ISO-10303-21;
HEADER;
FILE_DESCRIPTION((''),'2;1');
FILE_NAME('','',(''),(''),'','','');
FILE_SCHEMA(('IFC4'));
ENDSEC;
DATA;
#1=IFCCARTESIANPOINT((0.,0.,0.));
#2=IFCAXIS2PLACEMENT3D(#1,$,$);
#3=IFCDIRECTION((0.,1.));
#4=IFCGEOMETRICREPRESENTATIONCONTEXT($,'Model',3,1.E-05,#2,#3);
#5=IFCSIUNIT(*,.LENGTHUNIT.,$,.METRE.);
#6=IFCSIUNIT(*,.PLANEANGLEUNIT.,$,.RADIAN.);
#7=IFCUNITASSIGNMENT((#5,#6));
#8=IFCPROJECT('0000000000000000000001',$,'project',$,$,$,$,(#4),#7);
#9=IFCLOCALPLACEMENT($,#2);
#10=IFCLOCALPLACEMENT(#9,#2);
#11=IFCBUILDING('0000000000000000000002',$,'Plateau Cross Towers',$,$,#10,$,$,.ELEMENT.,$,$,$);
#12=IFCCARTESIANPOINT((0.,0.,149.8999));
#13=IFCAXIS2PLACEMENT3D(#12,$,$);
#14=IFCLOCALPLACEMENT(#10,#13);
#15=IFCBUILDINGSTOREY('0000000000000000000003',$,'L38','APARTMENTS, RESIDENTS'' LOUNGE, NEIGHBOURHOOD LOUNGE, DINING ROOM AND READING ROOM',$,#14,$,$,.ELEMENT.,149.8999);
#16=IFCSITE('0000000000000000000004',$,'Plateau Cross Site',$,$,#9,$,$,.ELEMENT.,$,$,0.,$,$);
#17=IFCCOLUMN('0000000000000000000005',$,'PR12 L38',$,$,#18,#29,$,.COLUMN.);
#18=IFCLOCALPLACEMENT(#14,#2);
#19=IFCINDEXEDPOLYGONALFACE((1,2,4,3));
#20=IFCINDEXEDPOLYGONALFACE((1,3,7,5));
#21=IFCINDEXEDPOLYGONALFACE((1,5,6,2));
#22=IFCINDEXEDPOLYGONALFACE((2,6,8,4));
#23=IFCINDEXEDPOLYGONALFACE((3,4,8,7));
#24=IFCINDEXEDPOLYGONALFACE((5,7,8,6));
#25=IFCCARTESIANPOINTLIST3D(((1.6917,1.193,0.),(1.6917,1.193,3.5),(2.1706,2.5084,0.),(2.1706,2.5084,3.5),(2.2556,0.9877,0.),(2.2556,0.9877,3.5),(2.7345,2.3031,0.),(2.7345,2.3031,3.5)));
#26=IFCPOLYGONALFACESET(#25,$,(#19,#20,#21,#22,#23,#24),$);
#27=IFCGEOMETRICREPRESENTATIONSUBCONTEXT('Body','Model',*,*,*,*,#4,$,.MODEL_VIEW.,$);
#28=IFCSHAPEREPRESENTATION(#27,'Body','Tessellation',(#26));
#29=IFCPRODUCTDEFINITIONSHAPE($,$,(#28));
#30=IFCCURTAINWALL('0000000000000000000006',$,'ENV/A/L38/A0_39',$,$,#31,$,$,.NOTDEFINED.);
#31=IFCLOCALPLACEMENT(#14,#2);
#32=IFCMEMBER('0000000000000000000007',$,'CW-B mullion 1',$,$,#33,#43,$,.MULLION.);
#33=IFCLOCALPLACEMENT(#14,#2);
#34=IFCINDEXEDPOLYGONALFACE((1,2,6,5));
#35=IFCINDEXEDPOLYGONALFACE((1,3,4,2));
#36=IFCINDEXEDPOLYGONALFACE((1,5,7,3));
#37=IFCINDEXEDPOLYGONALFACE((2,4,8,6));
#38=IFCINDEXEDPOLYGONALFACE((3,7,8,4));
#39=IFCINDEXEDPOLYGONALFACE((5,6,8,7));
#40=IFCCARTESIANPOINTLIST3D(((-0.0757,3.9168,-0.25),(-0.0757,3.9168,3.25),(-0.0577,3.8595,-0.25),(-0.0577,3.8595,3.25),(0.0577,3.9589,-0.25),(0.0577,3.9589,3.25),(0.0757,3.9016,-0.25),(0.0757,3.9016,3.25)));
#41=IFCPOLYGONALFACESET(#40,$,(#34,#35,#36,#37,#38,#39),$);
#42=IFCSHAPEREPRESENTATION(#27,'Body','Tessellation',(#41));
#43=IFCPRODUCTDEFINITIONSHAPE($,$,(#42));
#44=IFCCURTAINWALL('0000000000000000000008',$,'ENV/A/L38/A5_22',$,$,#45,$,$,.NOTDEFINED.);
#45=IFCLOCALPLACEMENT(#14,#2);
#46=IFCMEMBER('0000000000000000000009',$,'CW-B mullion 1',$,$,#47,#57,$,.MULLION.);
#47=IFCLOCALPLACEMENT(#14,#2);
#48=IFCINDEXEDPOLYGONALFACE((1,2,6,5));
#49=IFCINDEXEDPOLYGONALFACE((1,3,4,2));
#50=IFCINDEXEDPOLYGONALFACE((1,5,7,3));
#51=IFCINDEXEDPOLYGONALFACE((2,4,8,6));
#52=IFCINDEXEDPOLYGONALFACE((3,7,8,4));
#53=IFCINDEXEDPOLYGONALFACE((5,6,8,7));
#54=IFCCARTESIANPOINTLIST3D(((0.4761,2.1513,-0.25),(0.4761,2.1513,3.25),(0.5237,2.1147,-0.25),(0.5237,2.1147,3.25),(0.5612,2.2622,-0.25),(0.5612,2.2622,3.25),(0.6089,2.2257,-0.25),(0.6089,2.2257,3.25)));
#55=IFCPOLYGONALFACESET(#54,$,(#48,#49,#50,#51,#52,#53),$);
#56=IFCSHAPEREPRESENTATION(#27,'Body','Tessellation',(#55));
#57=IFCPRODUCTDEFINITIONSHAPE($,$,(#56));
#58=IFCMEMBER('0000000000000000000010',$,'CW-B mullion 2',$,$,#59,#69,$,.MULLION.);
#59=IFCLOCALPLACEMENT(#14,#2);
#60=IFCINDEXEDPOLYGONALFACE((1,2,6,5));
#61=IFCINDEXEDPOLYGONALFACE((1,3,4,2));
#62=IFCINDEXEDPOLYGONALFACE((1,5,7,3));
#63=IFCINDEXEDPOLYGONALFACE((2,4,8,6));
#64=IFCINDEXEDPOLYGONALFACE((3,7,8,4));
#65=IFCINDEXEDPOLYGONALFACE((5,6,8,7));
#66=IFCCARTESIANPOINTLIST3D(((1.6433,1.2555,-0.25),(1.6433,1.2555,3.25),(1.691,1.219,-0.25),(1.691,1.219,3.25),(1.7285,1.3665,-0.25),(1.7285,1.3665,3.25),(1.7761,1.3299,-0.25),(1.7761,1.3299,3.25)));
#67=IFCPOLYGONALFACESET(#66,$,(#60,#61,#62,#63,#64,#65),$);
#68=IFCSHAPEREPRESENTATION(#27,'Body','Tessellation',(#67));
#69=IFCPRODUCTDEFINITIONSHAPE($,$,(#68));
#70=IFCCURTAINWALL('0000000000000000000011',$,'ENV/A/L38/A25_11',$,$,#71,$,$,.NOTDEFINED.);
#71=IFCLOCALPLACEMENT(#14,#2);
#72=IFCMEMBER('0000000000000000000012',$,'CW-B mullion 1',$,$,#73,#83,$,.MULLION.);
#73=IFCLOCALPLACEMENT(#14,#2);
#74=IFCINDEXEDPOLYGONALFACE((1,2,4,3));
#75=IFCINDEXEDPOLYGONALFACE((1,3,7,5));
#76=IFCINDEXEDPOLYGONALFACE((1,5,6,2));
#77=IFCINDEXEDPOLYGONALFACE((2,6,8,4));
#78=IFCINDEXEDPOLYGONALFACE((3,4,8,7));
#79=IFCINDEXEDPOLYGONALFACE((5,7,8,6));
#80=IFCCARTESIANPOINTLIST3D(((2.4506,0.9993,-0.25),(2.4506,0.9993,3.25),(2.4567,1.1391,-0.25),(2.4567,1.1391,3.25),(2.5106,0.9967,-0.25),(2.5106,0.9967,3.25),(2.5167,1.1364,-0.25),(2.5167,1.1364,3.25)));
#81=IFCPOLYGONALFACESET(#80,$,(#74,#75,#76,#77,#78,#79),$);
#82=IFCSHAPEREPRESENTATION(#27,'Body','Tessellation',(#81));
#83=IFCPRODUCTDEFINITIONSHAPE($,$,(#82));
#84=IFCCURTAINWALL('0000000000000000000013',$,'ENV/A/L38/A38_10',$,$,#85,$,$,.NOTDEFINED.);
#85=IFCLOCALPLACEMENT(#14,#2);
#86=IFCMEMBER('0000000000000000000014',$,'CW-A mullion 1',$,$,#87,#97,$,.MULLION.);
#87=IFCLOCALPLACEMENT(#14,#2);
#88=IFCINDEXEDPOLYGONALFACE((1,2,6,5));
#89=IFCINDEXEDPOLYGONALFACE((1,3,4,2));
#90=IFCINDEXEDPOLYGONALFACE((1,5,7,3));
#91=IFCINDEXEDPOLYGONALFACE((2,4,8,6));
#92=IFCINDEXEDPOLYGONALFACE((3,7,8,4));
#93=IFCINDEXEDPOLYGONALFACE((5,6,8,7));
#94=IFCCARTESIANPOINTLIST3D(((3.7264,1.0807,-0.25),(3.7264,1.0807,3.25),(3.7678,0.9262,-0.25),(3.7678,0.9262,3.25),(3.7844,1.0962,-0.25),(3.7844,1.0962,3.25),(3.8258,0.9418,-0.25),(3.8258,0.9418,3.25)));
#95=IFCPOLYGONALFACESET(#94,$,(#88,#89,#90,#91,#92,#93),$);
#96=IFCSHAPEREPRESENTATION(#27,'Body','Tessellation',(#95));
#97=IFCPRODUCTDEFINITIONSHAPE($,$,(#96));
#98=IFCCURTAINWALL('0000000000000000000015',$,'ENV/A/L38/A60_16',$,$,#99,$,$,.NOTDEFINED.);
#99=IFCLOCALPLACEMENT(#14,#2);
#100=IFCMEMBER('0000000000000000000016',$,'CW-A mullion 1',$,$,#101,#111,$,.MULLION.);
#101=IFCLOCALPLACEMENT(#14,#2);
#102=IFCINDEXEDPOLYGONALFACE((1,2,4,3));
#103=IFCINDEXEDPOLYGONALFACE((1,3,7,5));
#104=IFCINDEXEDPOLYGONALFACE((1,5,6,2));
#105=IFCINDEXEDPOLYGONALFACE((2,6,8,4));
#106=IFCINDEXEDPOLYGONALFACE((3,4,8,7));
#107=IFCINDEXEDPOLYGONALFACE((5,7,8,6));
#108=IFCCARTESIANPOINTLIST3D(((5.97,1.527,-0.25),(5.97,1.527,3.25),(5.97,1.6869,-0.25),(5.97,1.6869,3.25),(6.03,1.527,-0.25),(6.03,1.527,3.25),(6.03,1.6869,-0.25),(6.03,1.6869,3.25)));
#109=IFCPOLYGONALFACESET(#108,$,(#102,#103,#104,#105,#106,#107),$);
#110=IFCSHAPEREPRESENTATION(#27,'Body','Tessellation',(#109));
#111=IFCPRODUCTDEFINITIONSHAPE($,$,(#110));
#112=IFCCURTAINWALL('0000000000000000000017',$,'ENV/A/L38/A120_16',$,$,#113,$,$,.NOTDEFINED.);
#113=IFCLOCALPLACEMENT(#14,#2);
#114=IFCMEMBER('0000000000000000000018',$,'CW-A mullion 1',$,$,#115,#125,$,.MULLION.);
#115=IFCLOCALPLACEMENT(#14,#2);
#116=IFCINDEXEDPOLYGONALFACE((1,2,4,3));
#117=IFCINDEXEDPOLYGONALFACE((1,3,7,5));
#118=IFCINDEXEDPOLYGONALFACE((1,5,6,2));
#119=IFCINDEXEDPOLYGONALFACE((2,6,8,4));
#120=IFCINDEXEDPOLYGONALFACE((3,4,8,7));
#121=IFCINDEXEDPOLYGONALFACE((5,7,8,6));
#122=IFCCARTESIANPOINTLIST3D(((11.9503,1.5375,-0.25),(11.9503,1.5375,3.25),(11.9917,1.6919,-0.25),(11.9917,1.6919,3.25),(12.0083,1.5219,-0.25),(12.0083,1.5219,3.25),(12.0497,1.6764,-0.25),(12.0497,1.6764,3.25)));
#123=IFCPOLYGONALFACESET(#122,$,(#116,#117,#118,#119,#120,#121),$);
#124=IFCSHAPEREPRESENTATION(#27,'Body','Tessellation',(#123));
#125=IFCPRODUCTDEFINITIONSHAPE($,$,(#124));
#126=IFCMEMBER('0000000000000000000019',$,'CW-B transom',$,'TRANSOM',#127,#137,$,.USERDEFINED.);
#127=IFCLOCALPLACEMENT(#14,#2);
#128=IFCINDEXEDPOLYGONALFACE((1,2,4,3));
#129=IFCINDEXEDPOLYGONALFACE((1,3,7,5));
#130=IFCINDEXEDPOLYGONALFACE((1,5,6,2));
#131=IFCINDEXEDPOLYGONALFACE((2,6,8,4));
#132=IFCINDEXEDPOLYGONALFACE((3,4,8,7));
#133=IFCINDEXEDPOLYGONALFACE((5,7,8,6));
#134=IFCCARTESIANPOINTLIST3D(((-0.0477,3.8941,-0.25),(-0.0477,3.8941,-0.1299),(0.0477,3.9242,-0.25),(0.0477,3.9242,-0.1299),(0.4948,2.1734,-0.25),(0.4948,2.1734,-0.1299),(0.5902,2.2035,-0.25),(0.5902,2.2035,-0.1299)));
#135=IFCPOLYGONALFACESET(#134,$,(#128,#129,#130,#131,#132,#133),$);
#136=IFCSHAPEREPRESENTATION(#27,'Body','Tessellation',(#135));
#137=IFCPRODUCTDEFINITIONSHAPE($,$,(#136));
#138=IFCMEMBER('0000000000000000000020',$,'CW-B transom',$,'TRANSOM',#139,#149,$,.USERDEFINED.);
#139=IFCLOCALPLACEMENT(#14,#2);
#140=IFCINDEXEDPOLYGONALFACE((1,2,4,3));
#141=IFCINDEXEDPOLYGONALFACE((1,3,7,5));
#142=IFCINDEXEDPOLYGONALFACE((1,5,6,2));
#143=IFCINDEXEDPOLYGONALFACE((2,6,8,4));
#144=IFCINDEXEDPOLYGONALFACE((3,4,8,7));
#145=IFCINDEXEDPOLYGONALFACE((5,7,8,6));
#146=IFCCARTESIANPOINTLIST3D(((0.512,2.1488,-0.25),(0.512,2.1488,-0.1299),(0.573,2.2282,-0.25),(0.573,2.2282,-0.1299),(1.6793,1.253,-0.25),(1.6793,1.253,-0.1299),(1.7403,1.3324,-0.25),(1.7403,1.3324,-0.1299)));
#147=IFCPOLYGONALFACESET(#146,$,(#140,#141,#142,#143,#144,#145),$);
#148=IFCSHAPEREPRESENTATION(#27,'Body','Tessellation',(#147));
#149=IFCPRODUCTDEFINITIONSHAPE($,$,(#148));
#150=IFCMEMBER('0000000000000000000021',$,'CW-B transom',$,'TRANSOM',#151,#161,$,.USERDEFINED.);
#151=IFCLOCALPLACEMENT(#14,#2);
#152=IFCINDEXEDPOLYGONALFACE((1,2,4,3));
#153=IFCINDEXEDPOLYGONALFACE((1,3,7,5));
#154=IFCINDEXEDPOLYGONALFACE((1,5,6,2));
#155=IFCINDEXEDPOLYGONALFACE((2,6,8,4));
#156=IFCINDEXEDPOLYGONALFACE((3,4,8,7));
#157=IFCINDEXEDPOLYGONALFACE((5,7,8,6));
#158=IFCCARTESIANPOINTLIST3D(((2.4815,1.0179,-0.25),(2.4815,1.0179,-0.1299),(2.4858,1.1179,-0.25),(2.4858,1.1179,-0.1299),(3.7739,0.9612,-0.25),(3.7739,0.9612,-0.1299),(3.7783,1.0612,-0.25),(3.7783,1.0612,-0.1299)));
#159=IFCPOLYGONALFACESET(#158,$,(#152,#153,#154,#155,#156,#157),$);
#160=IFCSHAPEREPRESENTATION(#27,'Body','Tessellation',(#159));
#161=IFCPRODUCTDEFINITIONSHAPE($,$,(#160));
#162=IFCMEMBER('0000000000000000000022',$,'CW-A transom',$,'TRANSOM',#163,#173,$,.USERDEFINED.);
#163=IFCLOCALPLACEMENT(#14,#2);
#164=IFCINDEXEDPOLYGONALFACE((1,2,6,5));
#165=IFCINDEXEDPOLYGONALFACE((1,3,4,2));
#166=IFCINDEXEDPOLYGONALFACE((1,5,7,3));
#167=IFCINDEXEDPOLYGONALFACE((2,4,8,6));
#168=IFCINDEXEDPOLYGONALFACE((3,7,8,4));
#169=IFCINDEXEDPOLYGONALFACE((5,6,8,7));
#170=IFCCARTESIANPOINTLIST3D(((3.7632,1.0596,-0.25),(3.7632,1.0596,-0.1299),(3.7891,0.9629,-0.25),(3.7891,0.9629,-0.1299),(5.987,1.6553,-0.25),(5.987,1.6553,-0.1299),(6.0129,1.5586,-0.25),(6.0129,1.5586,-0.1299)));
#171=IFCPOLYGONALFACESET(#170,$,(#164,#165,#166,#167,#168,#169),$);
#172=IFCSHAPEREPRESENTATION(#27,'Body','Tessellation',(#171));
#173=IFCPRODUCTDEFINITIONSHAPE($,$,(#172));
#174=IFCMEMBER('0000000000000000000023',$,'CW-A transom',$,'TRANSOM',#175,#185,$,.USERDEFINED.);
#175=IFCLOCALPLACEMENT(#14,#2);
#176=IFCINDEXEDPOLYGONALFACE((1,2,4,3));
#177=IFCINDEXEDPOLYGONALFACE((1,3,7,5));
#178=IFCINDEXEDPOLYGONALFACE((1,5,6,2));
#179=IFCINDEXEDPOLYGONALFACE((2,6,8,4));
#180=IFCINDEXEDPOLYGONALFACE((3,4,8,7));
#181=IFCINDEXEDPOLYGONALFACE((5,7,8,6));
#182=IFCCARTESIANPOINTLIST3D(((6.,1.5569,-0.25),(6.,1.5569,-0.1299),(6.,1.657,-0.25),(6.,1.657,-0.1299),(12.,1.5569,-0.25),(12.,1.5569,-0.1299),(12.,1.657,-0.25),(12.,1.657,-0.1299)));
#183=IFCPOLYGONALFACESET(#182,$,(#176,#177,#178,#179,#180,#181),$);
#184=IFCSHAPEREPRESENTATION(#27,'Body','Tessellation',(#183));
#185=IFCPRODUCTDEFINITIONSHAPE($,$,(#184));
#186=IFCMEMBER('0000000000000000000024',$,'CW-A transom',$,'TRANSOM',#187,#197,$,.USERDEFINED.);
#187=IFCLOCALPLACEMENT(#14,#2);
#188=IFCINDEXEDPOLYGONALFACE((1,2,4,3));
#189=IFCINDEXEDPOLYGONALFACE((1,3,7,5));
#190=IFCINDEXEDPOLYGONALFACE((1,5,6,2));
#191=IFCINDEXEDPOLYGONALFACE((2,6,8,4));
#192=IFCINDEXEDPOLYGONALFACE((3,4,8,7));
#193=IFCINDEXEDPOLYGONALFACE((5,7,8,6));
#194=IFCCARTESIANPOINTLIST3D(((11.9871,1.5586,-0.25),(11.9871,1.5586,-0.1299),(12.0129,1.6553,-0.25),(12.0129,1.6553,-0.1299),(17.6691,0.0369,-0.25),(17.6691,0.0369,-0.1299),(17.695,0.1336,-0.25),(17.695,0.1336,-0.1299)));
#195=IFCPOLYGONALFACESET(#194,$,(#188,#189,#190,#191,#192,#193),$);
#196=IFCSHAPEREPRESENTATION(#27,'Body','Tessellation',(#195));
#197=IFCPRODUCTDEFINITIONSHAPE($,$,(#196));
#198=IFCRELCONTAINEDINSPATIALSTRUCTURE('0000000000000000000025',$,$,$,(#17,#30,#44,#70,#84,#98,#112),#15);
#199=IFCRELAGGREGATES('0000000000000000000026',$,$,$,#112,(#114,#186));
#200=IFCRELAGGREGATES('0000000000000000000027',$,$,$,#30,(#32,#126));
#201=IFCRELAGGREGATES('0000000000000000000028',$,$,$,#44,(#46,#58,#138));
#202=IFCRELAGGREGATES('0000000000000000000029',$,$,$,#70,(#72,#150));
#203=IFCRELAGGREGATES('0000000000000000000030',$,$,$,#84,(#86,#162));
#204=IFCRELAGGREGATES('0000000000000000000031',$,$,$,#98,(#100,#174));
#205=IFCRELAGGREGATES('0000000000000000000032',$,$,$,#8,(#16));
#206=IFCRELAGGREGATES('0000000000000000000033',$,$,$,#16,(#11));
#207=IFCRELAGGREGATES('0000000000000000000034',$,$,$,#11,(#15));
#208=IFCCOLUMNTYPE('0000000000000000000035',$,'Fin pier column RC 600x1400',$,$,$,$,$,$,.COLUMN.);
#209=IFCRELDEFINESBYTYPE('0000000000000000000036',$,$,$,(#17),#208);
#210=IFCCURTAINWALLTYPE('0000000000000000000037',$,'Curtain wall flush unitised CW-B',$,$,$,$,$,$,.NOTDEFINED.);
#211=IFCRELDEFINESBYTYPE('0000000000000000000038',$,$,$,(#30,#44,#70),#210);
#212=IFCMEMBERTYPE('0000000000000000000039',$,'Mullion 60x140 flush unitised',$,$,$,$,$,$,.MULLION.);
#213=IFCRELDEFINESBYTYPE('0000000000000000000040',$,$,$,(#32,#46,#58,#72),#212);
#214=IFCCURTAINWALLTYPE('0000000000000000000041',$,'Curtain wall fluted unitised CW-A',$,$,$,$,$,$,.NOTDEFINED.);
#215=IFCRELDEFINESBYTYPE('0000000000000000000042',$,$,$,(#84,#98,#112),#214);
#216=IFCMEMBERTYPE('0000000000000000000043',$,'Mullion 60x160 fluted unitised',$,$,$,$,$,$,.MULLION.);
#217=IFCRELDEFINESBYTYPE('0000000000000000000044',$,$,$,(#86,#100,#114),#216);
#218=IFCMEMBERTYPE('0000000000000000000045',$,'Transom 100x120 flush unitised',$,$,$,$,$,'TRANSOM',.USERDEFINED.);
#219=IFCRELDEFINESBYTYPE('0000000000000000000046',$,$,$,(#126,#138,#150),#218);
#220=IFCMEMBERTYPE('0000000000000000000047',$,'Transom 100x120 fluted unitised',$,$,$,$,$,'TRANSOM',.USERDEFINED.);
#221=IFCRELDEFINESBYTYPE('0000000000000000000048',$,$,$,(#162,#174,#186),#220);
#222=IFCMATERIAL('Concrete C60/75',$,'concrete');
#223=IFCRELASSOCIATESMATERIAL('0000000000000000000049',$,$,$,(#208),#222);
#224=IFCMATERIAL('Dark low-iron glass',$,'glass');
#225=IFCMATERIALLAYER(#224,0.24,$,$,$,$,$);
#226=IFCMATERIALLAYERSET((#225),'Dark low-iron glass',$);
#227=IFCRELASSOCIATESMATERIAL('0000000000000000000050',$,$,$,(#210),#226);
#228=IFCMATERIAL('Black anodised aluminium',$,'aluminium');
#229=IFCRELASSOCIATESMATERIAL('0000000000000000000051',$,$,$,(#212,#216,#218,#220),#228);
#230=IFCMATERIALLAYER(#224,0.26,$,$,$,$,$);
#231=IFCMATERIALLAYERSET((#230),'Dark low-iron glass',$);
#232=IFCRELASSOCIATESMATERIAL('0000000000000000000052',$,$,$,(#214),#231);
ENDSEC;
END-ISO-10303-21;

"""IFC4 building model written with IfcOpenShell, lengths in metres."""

from ifc_helpers import new_model, si_unit, direction, frame, origin, origin_2d, place, context, subcontext, project, spatial, rectangle, extrude, material, layer, layer_set, material_profile, profile_set, type_object, element, aggregate, save


model = new_model("IFC4")

# Units and contexts
model_context = context("Model", 3, precision=1e-05, world=origin(), true_north=direction((0.0, 1.0)))
body_context = subcontext(model_context, "Body", "Model", "MODEL_VIEW")
ifc_project = project(units=[si_unit("LENGTHUNIT", "METRE"), si_unit("PLANEANGLEUNIT", "RADIAN")], contexts=[model_context])

# Site, building, storey
site_placement = place(None, origin())
site = spatial("IfcSite", under=ifc_project, at=site_placement, Name="Plateau Cross Site", CompositionType="ELEMENT", RefElevation=0.0)
building_placement = place(site_placement, origin())
building = spatial("IfcBuilding", under=site, at=building_placement, Name="Plateau Cross Towers", CompositionType="ELEMENT")
storey_placement = place(building_placement, frame((0.0, 0.0, 149.8999)))
storey = spatial("IfcBuildingStorey", under=building, at=storey_placement, Name="L38", Description="APARTMENTS, RESIDENTS' LOUNGE, NEIGHBOURHOOD LOUNGE, DINING ROOM AND READING ROOM", CompositionType="ELEMENT", Elevation=149.8999)

# Column
ifc_material_1 = material(Name="Concrete C60/75", Category="concrete")
ifc_material_profile_1 = material_profile(ifc_material_1, rectangle(XDim=0.6001, YDim=1.3999, at=origin_2d()), Name="RC 600x1400")
ifc_profile_set_1 = profile_set([ifc_material_profile_1], Name="Concrete C60/75")
column_type = type_object("IfcColumnType", Name="Fin pier column RC 600x1400", PredefinedType="COLUMN", material=ifc_profile_set_1)
column_placement = place(storey_placement, frame((2.2131, 1.748, 0.0), z_axis=(0.0, 0.0, 1.0), x_axis=(-0.939664, 0.342098, 0.0)))
element("IfcColumn", 1, at=column_placement, inside=storey, type_object=column_type, Name="PR12 L38", PredefinedType="COLUMN", context=body_context, shape_type="SweptSolid", body=[
    extrude(rectangle(XDim=0.6001, YDim=1.3999, at=origin_2d()), origin(), (0.0, 0.0, 1.0), 3.5),
])

# Curtain wall, member
ifc_material_2 = material(Name="Dark low-iron glass", Category="glass")
ifc_layer_1 = layer(ifc_material_2, 0.24)
ifc_layer_set_1 = layer_set([ifc_layer_1], Name="Dark low-iron glass")
curtain_wall_type_1 = type_object("IfcCurtainWallType", Name="Curtain wall flush unitised CW-B", PredefinedType="NOTDEFINED", material=ifc_layer_set_1)
curtain_wall_1_placement = place(storey_placement, origin())
curtain_wall_1 = element("IfcCurtainWall", 2, at=curtain_wall_1_placement, inside=storey, type_object=curtain_wall_type_1, Name="ENV/A/L38/A0_39", PredefinedType="NOTDEFINED")
ifc_material_3 = material(Name="Black anodised aluminium", Category="aluminium")
ifc_material_profile_2 = material_profile(ifc_material_3, rectangle(XDim=0.0601, YDim=0.1399, at=origin_2d()), Name="MULLION 60x140")
ifc_profile_set_2 = profile_set([ifc_material_profile_2], Name="Black anodised aluminium")
member_type_1 = type_object("IfcMemberType", Name="Mullion 60x140 flush unitised", PredefinedType="MULLION", material=ifc_profile_set_2)
member_1_placement = place(storey_placement, frame((0.0, 3.9092, -0.25), z_axis=(0.0, 0.0, 1.0), x_axis=(0.300686, -0.953723, 0.0)))
member_1 = element("IfcMember", 3, at=member_1_placement, type_object=member_type_1, Name="CW-B mullion 1", PredefinedType="MULLION", context=body_context, shape_type="SweptSolid", body=[
    extrude(rectangle(XDim=0.0601, YDim=0.1399, at=origin_2d()), origin(), (0.0, 0.0, 1.0), 3.5),
])

# Curtain wall, members
curtain_wall_2_placement = place(storey_placement, origin())
curtain_wall_2 = element("IfcCurtainWall", 4, at=curtain_wall_2_placement, inside=storey, type_object=curtain_wall_type_1, Name="ENV/A/L38/A5_22", PredefinedType="NOTDEFINED")
member_2_placement = place(storey_placement, frame((0.5425, 2.1885, -0.25), z_axis=(0.0, 0.0, 1.0), x_axis=(0.793316, -0.608811, 0.0)))
member_2 = element("IfcMember", 5, at=member_2_placement, type_object=member_type_1, Name="CW-B mullion 1", PredefinedType="MULLION", context=body_context, shape_type="SweptSolid", body=[
    extrude(rectangle(XDim=0.0601, YDim=0.1399, at=origin_2d()), origin(), (0.0, 0.0, 1.0), 3.5),
])
member_3_placement = place(storey_placement, frame((1.7097, 1.2927, -0.25), z_axis=(0.0, 0.0, 1.0), x_axis=(0.793316, -0.608811, 0.0)))
member_3 = element("IfcMember", 6, at=member_3_placement, type_object=member_type_1, Name="CW-B mullion 2", PredefinedType="MULLION", context=body_context, shape_type="SweptSolid", body=[
    extrude(rectangle(XDim=0.0601, YDim=0.1399, at=origin_2d()), origin(), (0.0, 0.0, 1.0), 3.5),
])

# Curtain walls, members
curtain_wall_3_placement = place(storey_placement, origin())
curtain_wall_3 = element("IfcCurtainWall", 7, at=curtain_wall_3_placement, inside=storey, type_object=curtain_wall_type_1, Name="ENV/A/L38/A25_11", PredefinedType="NOTDEFINED")
member_4_placement = place(storey_placement, frame((2.4836, 1.0679, -0.25), z_axis=(0.0, 0.0, 1.0), x_axis=(0.999044, -0.043723, 0.0)))
member_4 = element("IfcMember", 8, at=member_4_placement, type_object=member_type_1, Name="CW-B mullion 1", PredefinedType="MULLION", context=body_context, shape_type="SweptSolid", body=[
    extrude(rectangle(XDim=0.0601, YDim=0.1399, at=origin_2d()), origin(), (0.0, 0.0, 1.0), 3.5),
])
ifc_layer_2 = layer(ifc_material_2, 0.26)
ifc_layer_set_2 = layer_set([ifc_layer_2], Name="Dark low-iron glass")
curtain_wall_type_2 = type_object("IfcCurtainWallType", Name="Curtain wall fluted unitised CW-A", PredefinedType="NOTDEFINED", material=ifc_layer_set_2)
curtain_wall_4_placement = place(storey_placement, origin())
curtain_wall_4 = element("IfcCurtainWall", 9, at=curtain_wall_4_placement, inside=storey, type_object=curtain_wall_type_2, Name="ENV/A/L38/A38_10", PredefinedType="NOTDEFINED")
ifc_material_profile_3 = material_profile(ifc_material_3, rectangle(XDim=0.0601, YDim=0.1599, at=origin_2d()), Name="MULLION 60x160")
ifc_profile_set_3 = profile_set([ifc_material_profile_3], Name="Black anodised aluminium")
member_type_2 = type_object("IfcMemberType", Name="Mullion 60x160 fluted unitised", PredefinedType="MULLION", material=ifc_profile_set_3)
member_5_placement = place(storey_placement, frame((3.7761, 1.0112, -0.25), z_axis=(0.0, 0.0, 1.0), x_axis=(0.965958, 0.258699, 0.0)))
member_5 = element("IfcMember", 10, at=member_5_placement, type_object=member_type_2, Name="CW-A mullion 1", PredefinedType="MULLION", context=body_context, shape_type="SweptSolid", body=[
    extrude(rectangle(XDim=0.0601, YDim=0.1599, at=origin_2d()), origin(), (0.0, 0.0, 1.0), 3.5),
])
curtain_wall_5_placement = place(storey_placement, origin())
curtain_wall_5 = element("IfcCurtainWall", 11, at=curtain_wall_5_placement, inside=storey, type_object=curtain_wall_type_2, Name="ENV/A/L38/A60_16", PredefinedType="NOTDEFINED")
member_6_placement = place(storey_placement, frame((6.0, 1.6069, -0.25), z_axis=(0.0, 0.0, 1.0), x_axis=(1.0, 0.0, 0.0)))
member_6 = element("IfcMember", 12, at=member_6_placement, type_object=member_type_2, Name="CW-A mullion 1", PredefinedType="MULLION", context=body_context, shape_type="SweptSolid", body=[
    extrude(rectangle(XDim=0.0601, YDim=0.1599, at=origin_2d()), origin(), (0.0, 0.0, 1.0), 3.5),
])
curtain_wall_6_placement = place(storey_placement, origin())
curtain_wall_6 = element("IfcCurtainWall", 13, at=curtain_wall_6_placement, inside=storey, type_object=curtain_wall_type_2, Name="ENV/A/L38/A120_16", PredefinedType="NOTDEFINED")
member_7_placement = place(storey_placement, frame((12.0, 1.6069, -0.25), z_axis=(0.0, 0.0, 1.0), x_axis=(0.965958, -0.258699, 0.0)))
member_7 = element("IfcMember", 14, at=member_7_placement, type_object=member_type_2, Name="CW-A mullion 1", PredefinedType="MULLION", context=body_context, shape_type="SweptSolid", body=[
    extrude(rectangle(XDim=0.0601, YDim=0.1599, at=origin_2d()), origin(), (0.0, 0.0, 1.0), 3.5),
])

# Members
ifc_material_profile_4 = material_profile(ifc_material_3, rectangle(XDim=0.1001, YDim=0.1201, at=origin_2d()), Name="TRANSOM 100x120")
ifc_profile_set_4 = profile_set([ifc_material_profile_4], Name="Black anodised aluminium")
member_type_3 = type_object("IfcMemberType", Name="Transom 100x120 flush unitised", ElementType="TRANSOM", PredefinedType="USERDEFINED", material=ifc_profile_set_4)
member_8_placement = place(storey_placement, frame((0.0, 3.9092, -0.1899), z_axis=(0.300678, -0.953726, 0.0), x_axis=(0.953726, 0.300678, 0.0)))
member_8 = element("IfcMember", 15, at=member_8_placement, type_object=member_type_3, Name="CW-B transom", ObjectType="TRANSOM", PredefinedType="USERDEFINED", context=body_context, shape_type="SweptSolid", body=[
    extrude(rectangle(XDim=0.1001, YDim=0.1201, at=origin_2d()), origin(), (0.0, 0.0, 1.0), 1.8042),
])
member_9_placement = place(storey_placement, frame((0.5425, 2.1885, -0.1899), z_axis=(0.793321, -0.608804, 0.0), x_axis=(0.608804, 0.793321, 0.0)))
member_9 = element("IfcMember", 16, at=member_9_placement, type_object=member_type_3, Name="CW-B transom", ObjectType="TRANSOM", PredefinedType="USERDEFINED", context=body_context, shape_type="SweptSolid", body=[
    extrude(rectangle(XDim=0.1001, YDim=0.1201, at=origin_2d()), origin(), (0.0, 0.0, 1.0), 1.4714),
])
member_10_placement = place(storey_placement, frame((2.4836, 1.0679, -0.1899), z_axis=(0.999041, -0.043781, 0.0), x_axis=(0.043781, 0.999041, 0.0)))
member_10 = element("IfcMember", 17, at=member_10_placement, type_object=member_type_3, Name="CW-B transom", ObjectType="TRANSOM", PredefinedType="USERDEFINED", context=body_context, shape_type="SweptSolid", body=[
    extrude(rectangle(XDim=0.1001, YDim=0.1201, at=origin_2d()), origin(), (0.0, 0.0, 1.0), 1.2937),
])
ifc_material_profile_5 = material_profile(ifc_material_3, rectangle(XDim=0.1001, YDim=0.1201, at=origin_2d()), Name="TRANSOM 100x120")
ifc_profile_set_5 = profile_set([ifc_material_profile_5], Name="Black anodised aluminium")
member_type_4 = type_object("IfcMemberType", Name="Transom 100x120 fluted unitised", ElementType="TRANSOM", PredefinedType="USERDEFINED", material=ifc_profile_set_5)
member_11_placement = place(storey_placement, frame((3.7761, 1.0112, -0.1899), z_axis=(0.965946, 0.258745, 0.0), x_axis=(-0.258745, 0.965946, 0.0)))
member_11 = element("IfcMember", 18, at=member_11_placement, type_object=member_type_4, Name="CW-A transom", ObjectType="TRANSOM", PredefinedType="USERDEFINED", context=body_context, shape_type="SweptSolid", body=[
    extrude(rectangle(XDim=0.1001, YDim=0.1201, at=origin_2d()), origin(), (0.0, 0.0, 1.0), 2.3022),
])
member_12_placement = place(storey_placement, frame((6.0, 1.6069, -0.1899), z_axis=(1.0, 0.0, 0.0), x_axis=(0.0, 1.0, 0.0)))
member_12 = element("IfcMember", 19, at=member_12_placement, type_object=member_type_4, Name="CW-A transom", ObjectType="TRANSOM", PredefinedType="USERDEFINED", context=body_context, shape_type="SweptSolid", body=[
    extrude(rectangle(XDim=0.1001, YDim=0.1201, at=origin_2d()), origin(), (0.0, 0.0, 1.0), 6.0),
])
member_13_placement = place(storey_placement, frame((12.0, 1.6069, -0.1899), z_axis=(0.96596, -0.258693, 0.0), x_axis=(0.258693, 0.96596, 0.0)))
member_13 = element("IfcMember", 20, at=member_13_placement, type_object=member_type_4, Name="CW-A transom", ObjectType="TRANSOM", PredefinedType="USERDEFINED", context=body_context, shape_type="SweptSolid", body=[
    extrude(rectangle(XDim=0.1001, YDim=0.1201, at=origin_2d()), origin(), (0.0, 0.0, 1.0), 5.8823),
])
aggregate(curtain_wall_6, [member_7, member_13])

aggregate(curtain_wall_1, [member_1, member_8])
aggregate(curtain_wall_2, [member_2, member_3, member_9])
aggregate(curtain_wall_3, [member_4, member_10])
aggregate(curtain_wall_4, [member_5, member_11])
aggregate(curtain_wall_5, [member_6, member_12])

save(model, "model.ifc")
